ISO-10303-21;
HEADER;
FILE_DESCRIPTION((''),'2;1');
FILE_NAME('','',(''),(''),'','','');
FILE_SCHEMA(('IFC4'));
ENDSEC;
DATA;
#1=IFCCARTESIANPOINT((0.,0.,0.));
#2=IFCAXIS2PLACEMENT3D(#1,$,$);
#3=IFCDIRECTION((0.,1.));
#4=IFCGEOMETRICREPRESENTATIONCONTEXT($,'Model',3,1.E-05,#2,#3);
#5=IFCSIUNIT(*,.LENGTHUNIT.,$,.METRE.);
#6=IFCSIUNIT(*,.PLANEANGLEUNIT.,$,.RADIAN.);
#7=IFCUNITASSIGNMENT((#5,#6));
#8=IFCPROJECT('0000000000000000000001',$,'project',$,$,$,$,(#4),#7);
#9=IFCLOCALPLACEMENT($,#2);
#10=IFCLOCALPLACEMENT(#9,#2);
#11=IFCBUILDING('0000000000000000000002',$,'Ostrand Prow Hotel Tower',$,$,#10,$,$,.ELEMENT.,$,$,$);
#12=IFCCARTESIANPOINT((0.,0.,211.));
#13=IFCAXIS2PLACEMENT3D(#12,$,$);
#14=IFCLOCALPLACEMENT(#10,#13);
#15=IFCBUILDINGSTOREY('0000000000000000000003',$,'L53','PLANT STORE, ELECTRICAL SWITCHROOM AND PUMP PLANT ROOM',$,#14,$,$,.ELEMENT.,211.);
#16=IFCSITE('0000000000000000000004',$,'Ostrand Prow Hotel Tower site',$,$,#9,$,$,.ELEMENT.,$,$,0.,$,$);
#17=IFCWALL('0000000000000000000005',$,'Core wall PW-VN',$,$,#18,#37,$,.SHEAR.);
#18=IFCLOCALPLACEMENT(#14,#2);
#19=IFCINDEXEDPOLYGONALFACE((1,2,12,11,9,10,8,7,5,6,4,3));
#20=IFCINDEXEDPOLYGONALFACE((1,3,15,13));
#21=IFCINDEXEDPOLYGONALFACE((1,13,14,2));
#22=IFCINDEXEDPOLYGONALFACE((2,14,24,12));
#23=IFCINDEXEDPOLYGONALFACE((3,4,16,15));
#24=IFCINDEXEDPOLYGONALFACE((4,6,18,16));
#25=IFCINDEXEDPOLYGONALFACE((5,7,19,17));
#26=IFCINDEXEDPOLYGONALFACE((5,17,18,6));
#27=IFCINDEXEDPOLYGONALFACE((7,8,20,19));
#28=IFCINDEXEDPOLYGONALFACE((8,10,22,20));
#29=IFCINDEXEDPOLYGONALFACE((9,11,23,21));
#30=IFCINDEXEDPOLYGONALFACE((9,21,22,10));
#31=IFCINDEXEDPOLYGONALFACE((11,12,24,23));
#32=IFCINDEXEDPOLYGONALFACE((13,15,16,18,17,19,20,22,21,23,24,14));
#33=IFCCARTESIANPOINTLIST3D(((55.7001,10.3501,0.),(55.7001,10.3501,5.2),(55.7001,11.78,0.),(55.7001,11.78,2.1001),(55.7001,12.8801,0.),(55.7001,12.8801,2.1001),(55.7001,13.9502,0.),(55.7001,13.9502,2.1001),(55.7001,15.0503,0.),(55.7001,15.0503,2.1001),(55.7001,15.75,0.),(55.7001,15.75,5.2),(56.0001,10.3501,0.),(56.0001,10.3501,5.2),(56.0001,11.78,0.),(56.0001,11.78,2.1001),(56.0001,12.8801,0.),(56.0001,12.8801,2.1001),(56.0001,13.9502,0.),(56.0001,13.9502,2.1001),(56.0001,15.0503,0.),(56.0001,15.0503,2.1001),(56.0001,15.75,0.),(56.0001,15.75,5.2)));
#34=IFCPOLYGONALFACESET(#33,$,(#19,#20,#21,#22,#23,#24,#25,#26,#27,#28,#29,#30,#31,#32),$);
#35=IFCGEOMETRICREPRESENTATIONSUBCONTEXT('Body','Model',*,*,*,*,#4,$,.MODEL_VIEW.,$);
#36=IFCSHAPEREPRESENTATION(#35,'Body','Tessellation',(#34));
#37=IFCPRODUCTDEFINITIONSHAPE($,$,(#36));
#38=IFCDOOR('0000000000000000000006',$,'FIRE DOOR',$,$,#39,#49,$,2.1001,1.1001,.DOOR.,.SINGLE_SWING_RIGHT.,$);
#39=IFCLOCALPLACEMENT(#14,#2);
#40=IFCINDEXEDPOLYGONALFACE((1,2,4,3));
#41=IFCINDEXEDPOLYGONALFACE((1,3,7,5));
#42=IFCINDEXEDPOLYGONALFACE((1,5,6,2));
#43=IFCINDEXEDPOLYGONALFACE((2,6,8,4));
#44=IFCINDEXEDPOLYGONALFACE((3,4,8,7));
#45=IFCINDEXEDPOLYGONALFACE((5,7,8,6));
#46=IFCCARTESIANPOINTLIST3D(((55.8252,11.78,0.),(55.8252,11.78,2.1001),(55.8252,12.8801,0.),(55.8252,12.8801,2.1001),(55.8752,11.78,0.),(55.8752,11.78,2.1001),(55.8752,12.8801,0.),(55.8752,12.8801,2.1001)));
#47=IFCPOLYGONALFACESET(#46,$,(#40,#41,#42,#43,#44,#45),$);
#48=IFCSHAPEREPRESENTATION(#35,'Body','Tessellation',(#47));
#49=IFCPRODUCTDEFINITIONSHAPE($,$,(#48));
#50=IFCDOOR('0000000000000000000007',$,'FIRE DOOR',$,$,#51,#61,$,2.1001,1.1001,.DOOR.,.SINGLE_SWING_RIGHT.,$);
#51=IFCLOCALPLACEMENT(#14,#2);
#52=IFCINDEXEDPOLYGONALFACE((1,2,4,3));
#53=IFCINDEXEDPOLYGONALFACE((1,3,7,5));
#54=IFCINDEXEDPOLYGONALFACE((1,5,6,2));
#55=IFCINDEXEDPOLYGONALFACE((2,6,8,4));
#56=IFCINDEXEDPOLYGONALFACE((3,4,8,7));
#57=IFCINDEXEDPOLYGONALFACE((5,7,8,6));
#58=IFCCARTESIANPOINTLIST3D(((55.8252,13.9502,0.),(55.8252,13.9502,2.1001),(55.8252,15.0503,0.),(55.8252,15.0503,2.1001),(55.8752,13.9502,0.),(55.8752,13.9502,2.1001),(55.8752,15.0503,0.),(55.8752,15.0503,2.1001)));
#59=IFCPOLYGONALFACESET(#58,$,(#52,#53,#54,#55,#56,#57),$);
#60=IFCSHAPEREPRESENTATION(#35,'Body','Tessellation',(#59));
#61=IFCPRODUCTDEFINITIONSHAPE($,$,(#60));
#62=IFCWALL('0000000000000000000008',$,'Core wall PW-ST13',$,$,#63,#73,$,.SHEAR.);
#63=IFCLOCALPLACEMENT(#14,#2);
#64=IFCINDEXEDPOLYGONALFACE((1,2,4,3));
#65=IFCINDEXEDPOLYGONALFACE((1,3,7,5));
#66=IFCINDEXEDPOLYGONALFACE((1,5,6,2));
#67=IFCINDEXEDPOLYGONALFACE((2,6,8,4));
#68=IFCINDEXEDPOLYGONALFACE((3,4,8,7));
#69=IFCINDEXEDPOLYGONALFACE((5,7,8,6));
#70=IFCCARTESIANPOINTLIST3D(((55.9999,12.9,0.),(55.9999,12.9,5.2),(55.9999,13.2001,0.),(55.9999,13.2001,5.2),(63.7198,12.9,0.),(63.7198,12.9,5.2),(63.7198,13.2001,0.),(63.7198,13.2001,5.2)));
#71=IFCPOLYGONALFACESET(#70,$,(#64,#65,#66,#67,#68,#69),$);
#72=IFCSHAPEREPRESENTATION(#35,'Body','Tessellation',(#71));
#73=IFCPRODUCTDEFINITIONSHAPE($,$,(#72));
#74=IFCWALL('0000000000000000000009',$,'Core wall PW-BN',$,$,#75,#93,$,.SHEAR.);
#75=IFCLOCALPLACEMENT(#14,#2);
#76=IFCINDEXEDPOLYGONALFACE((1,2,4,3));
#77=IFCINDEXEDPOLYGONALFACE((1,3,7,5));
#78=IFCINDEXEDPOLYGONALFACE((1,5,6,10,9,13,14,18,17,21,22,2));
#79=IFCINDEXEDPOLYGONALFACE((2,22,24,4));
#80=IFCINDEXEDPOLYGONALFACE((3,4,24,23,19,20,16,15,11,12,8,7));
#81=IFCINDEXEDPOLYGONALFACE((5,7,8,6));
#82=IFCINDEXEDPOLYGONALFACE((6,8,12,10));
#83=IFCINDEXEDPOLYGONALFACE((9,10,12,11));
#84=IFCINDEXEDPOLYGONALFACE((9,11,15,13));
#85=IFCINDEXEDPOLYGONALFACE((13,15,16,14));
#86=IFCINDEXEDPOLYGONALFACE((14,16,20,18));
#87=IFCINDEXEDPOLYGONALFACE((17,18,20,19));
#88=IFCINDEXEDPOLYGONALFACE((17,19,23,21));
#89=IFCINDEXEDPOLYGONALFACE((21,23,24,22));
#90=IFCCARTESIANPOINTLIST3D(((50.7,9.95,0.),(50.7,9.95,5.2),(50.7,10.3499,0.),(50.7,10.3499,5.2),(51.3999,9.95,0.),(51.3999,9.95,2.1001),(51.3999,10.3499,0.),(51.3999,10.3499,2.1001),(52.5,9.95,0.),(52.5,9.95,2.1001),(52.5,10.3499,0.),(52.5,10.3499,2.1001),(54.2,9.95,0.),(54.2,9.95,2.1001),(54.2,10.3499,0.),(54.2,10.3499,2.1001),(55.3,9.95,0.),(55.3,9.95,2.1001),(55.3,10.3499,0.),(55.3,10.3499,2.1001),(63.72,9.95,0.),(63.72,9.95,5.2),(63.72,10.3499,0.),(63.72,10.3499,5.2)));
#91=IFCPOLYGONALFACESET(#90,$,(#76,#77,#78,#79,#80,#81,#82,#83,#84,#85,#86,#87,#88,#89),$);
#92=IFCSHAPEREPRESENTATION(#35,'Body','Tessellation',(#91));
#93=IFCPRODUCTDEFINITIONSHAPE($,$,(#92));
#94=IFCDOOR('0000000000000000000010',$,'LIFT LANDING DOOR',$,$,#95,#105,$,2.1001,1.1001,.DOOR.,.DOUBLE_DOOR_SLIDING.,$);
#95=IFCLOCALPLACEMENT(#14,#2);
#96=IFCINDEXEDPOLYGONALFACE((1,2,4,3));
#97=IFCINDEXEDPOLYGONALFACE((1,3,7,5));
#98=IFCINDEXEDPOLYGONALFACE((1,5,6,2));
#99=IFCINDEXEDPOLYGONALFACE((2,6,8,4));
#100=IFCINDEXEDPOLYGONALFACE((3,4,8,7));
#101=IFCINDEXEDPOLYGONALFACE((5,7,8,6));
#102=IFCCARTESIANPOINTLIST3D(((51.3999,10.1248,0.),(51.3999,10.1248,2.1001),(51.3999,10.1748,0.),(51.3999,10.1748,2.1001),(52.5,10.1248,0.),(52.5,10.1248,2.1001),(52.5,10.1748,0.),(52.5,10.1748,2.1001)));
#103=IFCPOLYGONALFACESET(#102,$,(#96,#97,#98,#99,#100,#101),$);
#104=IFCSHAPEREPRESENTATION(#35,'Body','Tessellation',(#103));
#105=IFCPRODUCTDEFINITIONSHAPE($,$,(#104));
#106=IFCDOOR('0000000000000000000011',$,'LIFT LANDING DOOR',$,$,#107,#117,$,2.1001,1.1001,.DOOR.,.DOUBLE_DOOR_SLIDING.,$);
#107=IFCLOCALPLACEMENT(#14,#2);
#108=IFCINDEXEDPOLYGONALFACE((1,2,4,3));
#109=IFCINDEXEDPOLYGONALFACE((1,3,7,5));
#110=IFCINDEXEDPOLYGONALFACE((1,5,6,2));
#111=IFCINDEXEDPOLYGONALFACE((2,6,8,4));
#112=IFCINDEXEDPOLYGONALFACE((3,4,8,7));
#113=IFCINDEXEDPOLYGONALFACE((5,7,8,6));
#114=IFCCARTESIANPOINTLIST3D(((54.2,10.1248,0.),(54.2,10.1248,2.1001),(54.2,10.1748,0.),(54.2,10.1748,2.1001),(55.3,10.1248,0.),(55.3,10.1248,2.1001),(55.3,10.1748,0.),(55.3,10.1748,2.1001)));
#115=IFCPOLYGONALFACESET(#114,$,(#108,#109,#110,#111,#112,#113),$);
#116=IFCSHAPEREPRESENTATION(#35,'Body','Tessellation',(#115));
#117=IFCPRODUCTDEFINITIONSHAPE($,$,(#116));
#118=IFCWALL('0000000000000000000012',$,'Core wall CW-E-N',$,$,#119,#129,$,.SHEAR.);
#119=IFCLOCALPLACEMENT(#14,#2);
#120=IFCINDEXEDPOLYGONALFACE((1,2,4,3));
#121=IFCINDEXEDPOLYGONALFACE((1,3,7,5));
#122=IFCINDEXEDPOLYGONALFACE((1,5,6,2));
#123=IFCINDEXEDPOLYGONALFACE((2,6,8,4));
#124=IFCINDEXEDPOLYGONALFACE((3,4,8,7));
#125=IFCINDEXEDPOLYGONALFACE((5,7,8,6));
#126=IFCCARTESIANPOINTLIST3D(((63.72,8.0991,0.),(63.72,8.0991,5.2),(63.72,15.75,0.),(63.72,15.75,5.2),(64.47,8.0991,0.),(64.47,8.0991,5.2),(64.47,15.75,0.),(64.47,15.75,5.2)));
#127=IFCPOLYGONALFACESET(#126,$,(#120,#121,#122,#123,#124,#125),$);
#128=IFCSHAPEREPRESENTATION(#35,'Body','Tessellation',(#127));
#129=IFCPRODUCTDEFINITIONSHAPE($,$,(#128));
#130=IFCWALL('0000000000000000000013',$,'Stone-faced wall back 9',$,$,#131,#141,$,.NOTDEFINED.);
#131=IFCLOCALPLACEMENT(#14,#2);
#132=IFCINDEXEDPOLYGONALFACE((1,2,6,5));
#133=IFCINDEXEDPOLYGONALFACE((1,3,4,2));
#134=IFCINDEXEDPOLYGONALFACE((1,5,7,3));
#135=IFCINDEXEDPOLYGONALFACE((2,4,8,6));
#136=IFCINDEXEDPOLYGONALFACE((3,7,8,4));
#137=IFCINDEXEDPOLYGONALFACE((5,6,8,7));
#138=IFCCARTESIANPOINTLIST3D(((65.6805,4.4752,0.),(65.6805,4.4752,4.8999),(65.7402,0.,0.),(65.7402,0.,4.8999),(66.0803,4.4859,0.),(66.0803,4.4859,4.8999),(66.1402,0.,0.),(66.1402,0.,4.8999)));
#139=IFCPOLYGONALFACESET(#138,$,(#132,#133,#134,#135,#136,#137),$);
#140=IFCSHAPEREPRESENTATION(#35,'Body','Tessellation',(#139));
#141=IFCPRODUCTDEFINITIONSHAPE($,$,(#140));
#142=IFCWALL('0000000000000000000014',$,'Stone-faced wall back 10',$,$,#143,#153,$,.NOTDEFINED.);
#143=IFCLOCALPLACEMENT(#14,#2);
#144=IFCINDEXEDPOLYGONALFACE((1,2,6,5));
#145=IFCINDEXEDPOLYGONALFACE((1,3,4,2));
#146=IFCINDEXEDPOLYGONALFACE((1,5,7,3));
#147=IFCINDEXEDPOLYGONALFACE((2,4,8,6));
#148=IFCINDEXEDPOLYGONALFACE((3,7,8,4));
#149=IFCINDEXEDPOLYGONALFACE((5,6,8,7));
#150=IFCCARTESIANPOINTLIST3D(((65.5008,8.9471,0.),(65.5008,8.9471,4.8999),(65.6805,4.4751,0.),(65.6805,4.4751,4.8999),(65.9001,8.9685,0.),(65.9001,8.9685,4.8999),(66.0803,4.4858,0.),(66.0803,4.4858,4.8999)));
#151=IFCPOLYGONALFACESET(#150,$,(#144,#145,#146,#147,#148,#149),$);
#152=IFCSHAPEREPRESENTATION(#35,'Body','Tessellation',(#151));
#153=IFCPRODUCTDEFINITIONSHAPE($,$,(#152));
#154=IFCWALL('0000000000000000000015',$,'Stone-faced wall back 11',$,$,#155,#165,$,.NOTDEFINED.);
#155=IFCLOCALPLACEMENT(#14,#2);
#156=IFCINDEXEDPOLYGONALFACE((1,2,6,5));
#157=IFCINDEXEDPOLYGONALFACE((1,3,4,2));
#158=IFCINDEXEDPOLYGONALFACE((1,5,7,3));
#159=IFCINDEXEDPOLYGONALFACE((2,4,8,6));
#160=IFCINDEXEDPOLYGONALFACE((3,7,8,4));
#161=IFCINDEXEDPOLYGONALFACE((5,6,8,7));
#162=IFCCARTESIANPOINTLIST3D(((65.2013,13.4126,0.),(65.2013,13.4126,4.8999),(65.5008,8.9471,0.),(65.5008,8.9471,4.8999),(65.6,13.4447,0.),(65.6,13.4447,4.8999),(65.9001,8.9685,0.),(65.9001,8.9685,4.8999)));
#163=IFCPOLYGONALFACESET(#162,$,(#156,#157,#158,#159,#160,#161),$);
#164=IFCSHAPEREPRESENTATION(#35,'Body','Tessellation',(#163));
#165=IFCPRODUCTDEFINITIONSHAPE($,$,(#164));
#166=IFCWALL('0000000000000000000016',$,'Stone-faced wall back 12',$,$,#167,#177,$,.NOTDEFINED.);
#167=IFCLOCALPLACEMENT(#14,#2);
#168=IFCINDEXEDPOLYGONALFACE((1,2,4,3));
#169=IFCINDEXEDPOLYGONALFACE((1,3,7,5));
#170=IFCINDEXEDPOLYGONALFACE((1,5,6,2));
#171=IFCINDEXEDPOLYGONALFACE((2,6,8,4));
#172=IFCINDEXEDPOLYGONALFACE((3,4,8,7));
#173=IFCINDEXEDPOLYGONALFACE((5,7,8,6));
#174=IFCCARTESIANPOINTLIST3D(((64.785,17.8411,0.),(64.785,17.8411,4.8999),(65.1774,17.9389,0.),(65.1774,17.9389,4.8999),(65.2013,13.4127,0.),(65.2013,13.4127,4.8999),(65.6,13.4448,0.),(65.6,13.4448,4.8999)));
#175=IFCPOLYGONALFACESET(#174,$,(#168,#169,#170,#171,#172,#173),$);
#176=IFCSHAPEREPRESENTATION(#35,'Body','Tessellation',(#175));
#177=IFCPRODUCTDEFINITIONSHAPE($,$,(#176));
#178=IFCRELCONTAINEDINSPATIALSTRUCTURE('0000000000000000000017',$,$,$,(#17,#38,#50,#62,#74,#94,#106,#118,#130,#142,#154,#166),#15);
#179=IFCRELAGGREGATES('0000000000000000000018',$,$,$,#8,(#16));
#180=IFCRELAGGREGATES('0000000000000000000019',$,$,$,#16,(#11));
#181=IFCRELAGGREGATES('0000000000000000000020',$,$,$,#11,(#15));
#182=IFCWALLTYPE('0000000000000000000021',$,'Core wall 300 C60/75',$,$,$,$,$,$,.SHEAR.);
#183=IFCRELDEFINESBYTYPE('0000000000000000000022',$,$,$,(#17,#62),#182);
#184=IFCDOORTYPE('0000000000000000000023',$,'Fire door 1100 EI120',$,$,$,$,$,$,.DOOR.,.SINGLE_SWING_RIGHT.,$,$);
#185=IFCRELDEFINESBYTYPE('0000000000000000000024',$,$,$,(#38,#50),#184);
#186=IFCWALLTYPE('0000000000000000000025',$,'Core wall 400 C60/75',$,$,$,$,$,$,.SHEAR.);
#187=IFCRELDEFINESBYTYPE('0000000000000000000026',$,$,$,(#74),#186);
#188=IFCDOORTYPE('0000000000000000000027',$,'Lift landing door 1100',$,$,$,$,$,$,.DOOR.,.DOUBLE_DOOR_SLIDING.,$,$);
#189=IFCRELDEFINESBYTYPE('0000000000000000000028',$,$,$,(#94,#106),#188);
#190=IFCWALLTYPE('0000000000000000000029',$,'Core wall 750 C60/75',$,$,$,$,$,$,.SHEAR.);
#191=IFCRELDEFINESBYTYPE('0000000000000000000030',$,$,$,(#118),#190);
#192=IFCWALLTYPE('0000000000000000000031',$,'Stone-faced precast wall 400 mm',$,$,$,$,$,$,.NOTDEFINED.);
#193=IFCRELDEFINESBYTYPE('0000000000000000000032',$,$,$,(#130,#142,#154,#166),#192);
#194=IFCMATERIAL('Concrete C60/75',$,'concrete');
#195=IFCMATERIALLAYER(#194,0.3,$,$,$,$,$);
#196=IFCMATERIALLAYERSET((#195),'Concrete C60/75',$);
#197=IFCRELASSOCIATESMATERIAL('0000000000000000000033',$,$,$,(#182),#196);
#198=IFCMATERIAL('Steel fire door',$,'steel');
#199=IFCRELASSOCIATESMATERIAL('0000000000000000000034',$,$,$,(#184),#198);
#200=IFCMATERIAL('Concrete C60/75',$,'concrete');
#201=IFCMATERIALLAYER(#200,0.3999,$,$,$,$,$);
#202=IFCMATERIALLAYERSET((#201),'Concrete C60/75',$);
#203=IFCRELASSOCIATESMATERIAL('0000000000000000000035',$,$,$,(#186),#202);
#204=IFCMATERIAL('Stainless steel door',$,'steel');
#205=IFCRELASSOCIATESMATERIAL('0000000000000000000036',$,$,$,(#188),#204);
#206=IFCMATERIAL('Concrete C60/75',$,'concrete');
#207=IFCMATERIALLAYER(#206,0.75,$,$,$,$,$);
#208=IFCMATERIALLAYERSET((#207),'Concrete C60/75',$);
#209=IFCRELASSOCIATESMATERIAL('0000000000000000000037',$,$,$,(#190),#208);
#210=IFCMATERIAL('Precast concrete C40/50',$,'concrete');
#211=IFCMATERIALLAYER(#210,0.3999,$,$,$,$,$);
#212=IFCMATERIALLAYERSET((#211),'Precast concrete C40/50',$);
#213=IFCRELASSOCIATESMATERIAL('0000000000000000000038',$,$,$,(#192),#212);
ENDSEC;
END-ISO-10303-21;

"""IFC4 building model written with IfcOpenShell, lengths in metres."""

from ifc_helpers import new_model, si_unit, direction, frame, frame_2d, origin, place, context, subcontext, project, spatial, polyline, rectangle, outline, extrude, material, layer, layer_set, type_object, element, fill, save


model = new_model("IFC4")

# Units and contexts
model_context = context("Model", 3, precision=1e-05, world=origin(), true_north=direction((0.0, 1.0)))
body_context = subcontext(model_context, "Body", "Model", "MODEL_VIEW")
ifc_project = project(units=[si_unit("LENGTHUNIT", "METRE"), si_unit("PLANEANGLEUNIT", "RADIAN")], contexts=[model_context])

# Site, building, storey
site_placement = place(None, origin())
site = spatial("IfcSite", under=ifc_project, at=site_placement, Name="Ostrand Prow Hotel Tower site", CompositionType="ELEMENT", RefElevation=0.0)
building_placement = place(site_placement, origin())
building = spatial("IfcBuilding", under=site, at=building_placement, Name="Ostrand Prow Hotel Tower", CompositionType="ELEMENT")
storey_placement = place(building_placement, frame((0.0, 0.0, 211.0)))
storey = spatial("IfcBuildingStorey", under=building, at=storey_placement, Name="L53", Description="PLANT STORE, ELECTRICAL SWITCHROOM AND PUMP PLANT ROOM", CompositionType="ELEMENT", Elevation=211.0)

# Shared definitions
ifc_material_1 = material(Name="Concrete C60/75", Category="concrete")
ifc_layer_1 = layer(ifc_material_1, 0.3)
ifc_layer_set_1 = layer_set([ifc_layer_1], Name="Concrete C60/75")
wall_type_1 = type_object("IfcWallType", Name="Core wall 300 C60/75", PredefinedType="SHEAR", material=ifc_layer_set_1)

# Wall, openings, doors
wall_1_placement = place(storey_placement, frame((55.8501, 10.3501, 0.0), z_axis=(0.0, 0.0, 1.0), x_axis=(0.0, 1.0, 0.0)))
wall_1 = element("IfcWall", 1, at=wall_1_placement, inside=storey, type_object=wall_type_1, Name="Core wall PW-VN", PredefinedType="SHEAR", context=body_context, shape_type="SweptSolid", body=[
    extrude(rectangle(XDim=5.3999, YDim=0.3, at=frame_2d((2.7, 0.0))), origin(), (0.0, 0.0, 1.0), 5.2),
])
opening_1_placement = place(wall_1_placement, frame((1.4299, 0.0, 0.0)))
opening_1 = element("IfcOpeningElement", 2, at=opening_1_placement, cuts=wall_1, PredefinedType="OPENING", context=body_context, shape_type="SweptSolid", body=[
    extrude(rectangle(XDim=1.1001, YDim=2.1001, at=frame_2d((0.55, 1.05))), frame((0.0, 0.1599, 0.0), z_axis=(0.0, -1.0, 0.0), x_axis=(1.0, 0.0, 0.0)), (0.0, 0.0, 1.0), 0.3201),
])
opening_2_placement = place(wall_1_placement, frame((3.6001, 0.0, 0.0)))
opening_2 = element("IfcOpeningElement", 3, at=opening_2_placement, cuts=wall_1, PredefinedType="OPENING", context=body_context, shape_type="SweptSolid", body=[
    extrude(rectangle(XDim=1.1001, YDim=2.1001, at=frame_2d((0.55, 1.05))), frame((0.0, 0.1599, 0.0), z_axis=(0.0, -1.0, 0.0), x_axis=(1.0, 0.0, 0.0)), (0.0, 0.0, 1.0), 0.3201),
])
ifc_material_2 = material(Name="Steel fire door", Category="steel")
door_type_1 = type_object("IfcDoorType", Name="Fire door 1100 EI120", OperationType="SINGLE_SWING_RIGHT", PredefinedType="DOOR", material=ifc_material_2)
door_1_placement = place(opening_1_placement, origin())
door_1 = element("IfcDoor", 4, at=door_1_placement, inside=storey, type_object=door_type_1, Name="FIRE DOOR", OperationType="SINGLE_SWING_RIGHT", OverallHeight=2.1001, OverallWidth=1.1001, PredefinedType="DOOR", context=body_context, shape_type="SweptSolid", body=[
    extrude(rectangle(XDim=1.1001, YDim=2.1001, at=frame_2d((0.55, 1.05))), frame((0.0, 0.0249, 0.0), z_axis=(0.0, -1.0, 0.0), x_axis=(1.0, 0.0, 0.0)), (0.0, 0.0, 1.0), 0.05),
])
fill(opening_1, door_1)
door_2_placement = place(opening_2_placement, origin())
door_2 = element("IfcDoor", 5, at=door_2_placement, inside=storey, type_object=door_type_1, Name="FIRE DOOR", OperationType="SINGLE_SWING_RIGHT", OverallHeight=2.1001, OverallWidth=1.1001, PredefinedType="DOOR", context=body_context, shape_type="SweptSolid", body=[
    extrude(rectangle(XDim=1.1001, YDim=2.1001, at=frame_2d((0.55, 1.05))), frame((0.0, 0.0249, 0.0), z_axis=(0.0, -1.0, 0.0), x_axis=(1.0, 0.0, 0.0)), (0.0, 0.0, 1.0), 0.05),
])
fill(opening_2, door_2)

# Wall
wall_2_placement = place(storey_placement, frame((56.0, 13.05, 0.0), z_axis=(0.0, 0.0, 1.0), x_axis=(1.0, 0.0, 0.0)))
element("IfcWall", 6, at=wall_2_placement, inside=storey, type_object=wall_type_1, Name="Core wall PW-ST13", PredefinedType="SHEAR", context=body_context, shape_type="SweptSolid", body=[
    extrude(rectangle(XDim=7.72, YDim=0.3, at=frame_2d((3.8599, 0.0))), origin(), (0.0, 0.0, 1.0), 5.2),
])

# Wall, openings, doors
ifc_material_3 = material(Name="Concrete C60/75", Category="concrete")
ifc_layer_2 = layer(ifc_material_3, 0.3999)
ifc_layer_set_2 = layer_set([ifc_layer_2], Name="Concrete C60/75")
wall_type_2 = type_object("IfcWallType", Name="Core wall 400 C60/75", PredefinedType="SHEAR", material=ifc_layer_set_2)
wall_3_placement = place(storey_placement, frame((50.7, 10.1499, 0.0), z_axis=(0.0, 0.0, 1.0), x_axis=(1.0, 0.0, 0.0)))
wall_3 = element("IfcWall", 7, at=wall_3_placement, inside=storey, type_object=wall_type_2, Name="Core wall PW-BN", PredefinedType="SHEAR", context=body_context, shape_type="SweptSolid", body=[
    extrude(rectangle(XDim=13.02, YDim=0.3999, at=frame_2d((6.51, 0.0))), origin(), (0.0, 0.0, 1.0), 5.2),
])
opening_3_placement = place(wall_3_placement, frame((0.7, 0.0, 0.0)))
opening_3 = element("IfcOpeningElement", 8, at=opening_3_placement, cuts=wall_3, PredefinedType="OPENING", context=body_context, shape_type="SweptSolid", body=[
    extrude(rectangle(XDim=1.1001, YDim=2.1001, at=frame_2d((0.55, 1.05))), frame((0.0, 0.21, 0.0), z_axis=(0.0, -1.0, 0.0), x_axis=(1.0, 0.0, 0.0)), (0.0, 0.0, 1.0), 0.4199),
])
opening_4_placement = place(wall_3_placement, frame((3.5, 0.0, 0.0)))
opening_4 = element("IfcOpeningElement", 9, at=opening_4_placement, cuts=wall_3, PredefinedType="OPENING", context=body_context, shape_type="SweptSolid", body=[
    extrude(rectangle(XDim=1.1001, YDim=2.1001, at=frame_2d((0.55, 1.05))), frame((0.0, 0.21, 0.0), z_axis=(0.0, -1.0, 0.0), x_axis=(1.0, 0.0, 0.0)), (0.0, 0.0, 1.0), 0.4199),
])
ifc_material_4 = material(Name="Stainless steel door", Category="steel")
door_type_2 = type_object("IfcDoorType", Name="Lift landing door 1100", OperationType="DOUBLE_DOOR_SLIDING", PredefinedType="DOOR", material=ifc_material_4)
door_3_placement = place(opening_3_placement, origin())
door_3 = element("IfcDoor", 10, at=door_3_placement, inside=storey, type_object=door_type_2, Name="LIFT LANDING DOOR", OperationType="DOUBLE_DOOR_SLIDING", OverallHeight=2.1001, OverallWidth=1.1001, PredefinedType="DOOR", context=body_context, shape_type="SweptSolid", body=[
    extrude(rectangle(XDim=1.1001, YDim=2.1001, at=frame_2d((0.55, 1.05))), frame((0.0, 0.0249, 0.0), z_axis=(0.0, -1.0, 0.0), x_axis=(1.0, 0.0, 0.0)), (0.0, 0.0, 1.0), 0.05),
])
fill(opening_3, door_3)
door_4_placement = place(opening_4_placement, origin())
door_4 = element("IfcDoor", 11, at=door_4_placement, inside=storey, type_object=door_type_2, Name="LIFT LANDING DOOR", OperationType="DOUBLE_DOOR_SLIDING", OverallHeight=2.1001, OverallWidth=1.1001, PredefinedType="DOOR", context=body_context, shape_type="SweptSolid", body=[
    extrude(rectangle(XDim=1.1001, YDim=2.1001, at=frame_2d((0.55, 1.05))), frame((0.0, 0.0249, 0.0), z_axis=(0.0, -1.0, 0.0), x_axis=(1.0, 0.0, 0.0)), (0.0, 0.0, 1.0), 0.05),
])
fill(opening_4, door_4)

# Walls
ifc_material_5 = material(Name="Concrete C60/75", Category="concrete")
ifc_layer_3 = layer(ifc_material_5, 0.75)
ifc_layer_set_3 = layer_set([ifc_layer_3], Name="Concrete C60/75")
wall_type_3 = type_object("IfcWallType", Name="Core wall 750 C60/75", PredefinedType="SHEAR", material=ifc_layer_set_3)
wall_4_placement = place(storey_placement, frame((64.095, 8.0991, 0.0), z_axis=(0.0, 0.0, 1.0), x_axis=(0.0, 1.0, 0.0)))
element("IfcWall", 12, at=wall_4_placement, inside=storey, type_object=wall_type_3, Name="Core wall CW-E-N", PredefinedType="SHEAR", context=body_context, shape_type="SweptSolid", body=[
    extrude(rectangle(XDim=7.6509, YDim=0.75, at=frame_2d((3.8254, 0.0))), origin(), (0.0, 0.0, 1.0), 5.2),
])
ifc_material_6 = material(Name="Precast concrete C40/50", Category="concrete")
ifc_layer_4 = layer(ifc_material_6, 0.3999)
ifc_layer_set_4 = layer_set([ifc_layer_4], Name="Precast concrete C40/50")
wall_type_4 = type_object("IfcWallType", Name="Stone-faced precast wall 400 mm", PredefinedType="NOTDEFINED", material=ifc_layer_set_4)
for number, where, z_axis, x_axis, name in (
    (13, (65.9402, 0.0, 0.0), (0.0, 0.0, 1.0), (-0.013349, 0.999911, 0.0), "Stone-faced wall back 9"),
    (14, (65.8804, 4.4805, 0.0), (0.0, 0.0, 1.0), (-0.040155, 0.999193, 0.0), "Stone-faced wall back 10"),
    (15, (65.7004, 8.9578, 0.0), (0.0, 0.0, 1.0), (-0.066906, 0.997759, 0.0), "Stone-faced wall back 11"),
):
    element("IfcWall", number, at=place(storey_placement, frame(where, z_axis=z_axis, x_axis=x_axis)), inside=storey, type_object=wall_type_4, Name=name, PredefinedType="NOTDEFINED", context=body_context, shape_type="SweptSolid", body=[
        extrude(outline(polyline([(-0.0027, -0.2), (4.4836, -0.2), (4.4783, 0.2), (0.0027, 0.2), (-0.0027, -0.2)])), origin(), (0.0, 0.0, 1.0), 4.8999),
    ])
wall_5_placement = place(storey_placement, frame((65.4006, 13.4287, 0.0), z_axis=(0.0, 0.0, 1.0), x_axis=(-0.093606, 0.995609, 0.0)))
element("IfcWall", 16, at=wall_5_placement, inside=storey, type_object=wall_type_4, Name="Stone-faced wall back 12", PredefinedType="NOTDEFINED", context=body_context, shape_type="SweptSolid", body=[
    extrude(outline(polyline([(-0.0027, -0.2), (4.5112, -0.2), (4.4507, 0.2), (0.0027, 0.2), (-0.0027, -0.2)])), origin(), (0.0, 0.0, 1.0), 4.8999),
])

save(model, "model.ifc")
